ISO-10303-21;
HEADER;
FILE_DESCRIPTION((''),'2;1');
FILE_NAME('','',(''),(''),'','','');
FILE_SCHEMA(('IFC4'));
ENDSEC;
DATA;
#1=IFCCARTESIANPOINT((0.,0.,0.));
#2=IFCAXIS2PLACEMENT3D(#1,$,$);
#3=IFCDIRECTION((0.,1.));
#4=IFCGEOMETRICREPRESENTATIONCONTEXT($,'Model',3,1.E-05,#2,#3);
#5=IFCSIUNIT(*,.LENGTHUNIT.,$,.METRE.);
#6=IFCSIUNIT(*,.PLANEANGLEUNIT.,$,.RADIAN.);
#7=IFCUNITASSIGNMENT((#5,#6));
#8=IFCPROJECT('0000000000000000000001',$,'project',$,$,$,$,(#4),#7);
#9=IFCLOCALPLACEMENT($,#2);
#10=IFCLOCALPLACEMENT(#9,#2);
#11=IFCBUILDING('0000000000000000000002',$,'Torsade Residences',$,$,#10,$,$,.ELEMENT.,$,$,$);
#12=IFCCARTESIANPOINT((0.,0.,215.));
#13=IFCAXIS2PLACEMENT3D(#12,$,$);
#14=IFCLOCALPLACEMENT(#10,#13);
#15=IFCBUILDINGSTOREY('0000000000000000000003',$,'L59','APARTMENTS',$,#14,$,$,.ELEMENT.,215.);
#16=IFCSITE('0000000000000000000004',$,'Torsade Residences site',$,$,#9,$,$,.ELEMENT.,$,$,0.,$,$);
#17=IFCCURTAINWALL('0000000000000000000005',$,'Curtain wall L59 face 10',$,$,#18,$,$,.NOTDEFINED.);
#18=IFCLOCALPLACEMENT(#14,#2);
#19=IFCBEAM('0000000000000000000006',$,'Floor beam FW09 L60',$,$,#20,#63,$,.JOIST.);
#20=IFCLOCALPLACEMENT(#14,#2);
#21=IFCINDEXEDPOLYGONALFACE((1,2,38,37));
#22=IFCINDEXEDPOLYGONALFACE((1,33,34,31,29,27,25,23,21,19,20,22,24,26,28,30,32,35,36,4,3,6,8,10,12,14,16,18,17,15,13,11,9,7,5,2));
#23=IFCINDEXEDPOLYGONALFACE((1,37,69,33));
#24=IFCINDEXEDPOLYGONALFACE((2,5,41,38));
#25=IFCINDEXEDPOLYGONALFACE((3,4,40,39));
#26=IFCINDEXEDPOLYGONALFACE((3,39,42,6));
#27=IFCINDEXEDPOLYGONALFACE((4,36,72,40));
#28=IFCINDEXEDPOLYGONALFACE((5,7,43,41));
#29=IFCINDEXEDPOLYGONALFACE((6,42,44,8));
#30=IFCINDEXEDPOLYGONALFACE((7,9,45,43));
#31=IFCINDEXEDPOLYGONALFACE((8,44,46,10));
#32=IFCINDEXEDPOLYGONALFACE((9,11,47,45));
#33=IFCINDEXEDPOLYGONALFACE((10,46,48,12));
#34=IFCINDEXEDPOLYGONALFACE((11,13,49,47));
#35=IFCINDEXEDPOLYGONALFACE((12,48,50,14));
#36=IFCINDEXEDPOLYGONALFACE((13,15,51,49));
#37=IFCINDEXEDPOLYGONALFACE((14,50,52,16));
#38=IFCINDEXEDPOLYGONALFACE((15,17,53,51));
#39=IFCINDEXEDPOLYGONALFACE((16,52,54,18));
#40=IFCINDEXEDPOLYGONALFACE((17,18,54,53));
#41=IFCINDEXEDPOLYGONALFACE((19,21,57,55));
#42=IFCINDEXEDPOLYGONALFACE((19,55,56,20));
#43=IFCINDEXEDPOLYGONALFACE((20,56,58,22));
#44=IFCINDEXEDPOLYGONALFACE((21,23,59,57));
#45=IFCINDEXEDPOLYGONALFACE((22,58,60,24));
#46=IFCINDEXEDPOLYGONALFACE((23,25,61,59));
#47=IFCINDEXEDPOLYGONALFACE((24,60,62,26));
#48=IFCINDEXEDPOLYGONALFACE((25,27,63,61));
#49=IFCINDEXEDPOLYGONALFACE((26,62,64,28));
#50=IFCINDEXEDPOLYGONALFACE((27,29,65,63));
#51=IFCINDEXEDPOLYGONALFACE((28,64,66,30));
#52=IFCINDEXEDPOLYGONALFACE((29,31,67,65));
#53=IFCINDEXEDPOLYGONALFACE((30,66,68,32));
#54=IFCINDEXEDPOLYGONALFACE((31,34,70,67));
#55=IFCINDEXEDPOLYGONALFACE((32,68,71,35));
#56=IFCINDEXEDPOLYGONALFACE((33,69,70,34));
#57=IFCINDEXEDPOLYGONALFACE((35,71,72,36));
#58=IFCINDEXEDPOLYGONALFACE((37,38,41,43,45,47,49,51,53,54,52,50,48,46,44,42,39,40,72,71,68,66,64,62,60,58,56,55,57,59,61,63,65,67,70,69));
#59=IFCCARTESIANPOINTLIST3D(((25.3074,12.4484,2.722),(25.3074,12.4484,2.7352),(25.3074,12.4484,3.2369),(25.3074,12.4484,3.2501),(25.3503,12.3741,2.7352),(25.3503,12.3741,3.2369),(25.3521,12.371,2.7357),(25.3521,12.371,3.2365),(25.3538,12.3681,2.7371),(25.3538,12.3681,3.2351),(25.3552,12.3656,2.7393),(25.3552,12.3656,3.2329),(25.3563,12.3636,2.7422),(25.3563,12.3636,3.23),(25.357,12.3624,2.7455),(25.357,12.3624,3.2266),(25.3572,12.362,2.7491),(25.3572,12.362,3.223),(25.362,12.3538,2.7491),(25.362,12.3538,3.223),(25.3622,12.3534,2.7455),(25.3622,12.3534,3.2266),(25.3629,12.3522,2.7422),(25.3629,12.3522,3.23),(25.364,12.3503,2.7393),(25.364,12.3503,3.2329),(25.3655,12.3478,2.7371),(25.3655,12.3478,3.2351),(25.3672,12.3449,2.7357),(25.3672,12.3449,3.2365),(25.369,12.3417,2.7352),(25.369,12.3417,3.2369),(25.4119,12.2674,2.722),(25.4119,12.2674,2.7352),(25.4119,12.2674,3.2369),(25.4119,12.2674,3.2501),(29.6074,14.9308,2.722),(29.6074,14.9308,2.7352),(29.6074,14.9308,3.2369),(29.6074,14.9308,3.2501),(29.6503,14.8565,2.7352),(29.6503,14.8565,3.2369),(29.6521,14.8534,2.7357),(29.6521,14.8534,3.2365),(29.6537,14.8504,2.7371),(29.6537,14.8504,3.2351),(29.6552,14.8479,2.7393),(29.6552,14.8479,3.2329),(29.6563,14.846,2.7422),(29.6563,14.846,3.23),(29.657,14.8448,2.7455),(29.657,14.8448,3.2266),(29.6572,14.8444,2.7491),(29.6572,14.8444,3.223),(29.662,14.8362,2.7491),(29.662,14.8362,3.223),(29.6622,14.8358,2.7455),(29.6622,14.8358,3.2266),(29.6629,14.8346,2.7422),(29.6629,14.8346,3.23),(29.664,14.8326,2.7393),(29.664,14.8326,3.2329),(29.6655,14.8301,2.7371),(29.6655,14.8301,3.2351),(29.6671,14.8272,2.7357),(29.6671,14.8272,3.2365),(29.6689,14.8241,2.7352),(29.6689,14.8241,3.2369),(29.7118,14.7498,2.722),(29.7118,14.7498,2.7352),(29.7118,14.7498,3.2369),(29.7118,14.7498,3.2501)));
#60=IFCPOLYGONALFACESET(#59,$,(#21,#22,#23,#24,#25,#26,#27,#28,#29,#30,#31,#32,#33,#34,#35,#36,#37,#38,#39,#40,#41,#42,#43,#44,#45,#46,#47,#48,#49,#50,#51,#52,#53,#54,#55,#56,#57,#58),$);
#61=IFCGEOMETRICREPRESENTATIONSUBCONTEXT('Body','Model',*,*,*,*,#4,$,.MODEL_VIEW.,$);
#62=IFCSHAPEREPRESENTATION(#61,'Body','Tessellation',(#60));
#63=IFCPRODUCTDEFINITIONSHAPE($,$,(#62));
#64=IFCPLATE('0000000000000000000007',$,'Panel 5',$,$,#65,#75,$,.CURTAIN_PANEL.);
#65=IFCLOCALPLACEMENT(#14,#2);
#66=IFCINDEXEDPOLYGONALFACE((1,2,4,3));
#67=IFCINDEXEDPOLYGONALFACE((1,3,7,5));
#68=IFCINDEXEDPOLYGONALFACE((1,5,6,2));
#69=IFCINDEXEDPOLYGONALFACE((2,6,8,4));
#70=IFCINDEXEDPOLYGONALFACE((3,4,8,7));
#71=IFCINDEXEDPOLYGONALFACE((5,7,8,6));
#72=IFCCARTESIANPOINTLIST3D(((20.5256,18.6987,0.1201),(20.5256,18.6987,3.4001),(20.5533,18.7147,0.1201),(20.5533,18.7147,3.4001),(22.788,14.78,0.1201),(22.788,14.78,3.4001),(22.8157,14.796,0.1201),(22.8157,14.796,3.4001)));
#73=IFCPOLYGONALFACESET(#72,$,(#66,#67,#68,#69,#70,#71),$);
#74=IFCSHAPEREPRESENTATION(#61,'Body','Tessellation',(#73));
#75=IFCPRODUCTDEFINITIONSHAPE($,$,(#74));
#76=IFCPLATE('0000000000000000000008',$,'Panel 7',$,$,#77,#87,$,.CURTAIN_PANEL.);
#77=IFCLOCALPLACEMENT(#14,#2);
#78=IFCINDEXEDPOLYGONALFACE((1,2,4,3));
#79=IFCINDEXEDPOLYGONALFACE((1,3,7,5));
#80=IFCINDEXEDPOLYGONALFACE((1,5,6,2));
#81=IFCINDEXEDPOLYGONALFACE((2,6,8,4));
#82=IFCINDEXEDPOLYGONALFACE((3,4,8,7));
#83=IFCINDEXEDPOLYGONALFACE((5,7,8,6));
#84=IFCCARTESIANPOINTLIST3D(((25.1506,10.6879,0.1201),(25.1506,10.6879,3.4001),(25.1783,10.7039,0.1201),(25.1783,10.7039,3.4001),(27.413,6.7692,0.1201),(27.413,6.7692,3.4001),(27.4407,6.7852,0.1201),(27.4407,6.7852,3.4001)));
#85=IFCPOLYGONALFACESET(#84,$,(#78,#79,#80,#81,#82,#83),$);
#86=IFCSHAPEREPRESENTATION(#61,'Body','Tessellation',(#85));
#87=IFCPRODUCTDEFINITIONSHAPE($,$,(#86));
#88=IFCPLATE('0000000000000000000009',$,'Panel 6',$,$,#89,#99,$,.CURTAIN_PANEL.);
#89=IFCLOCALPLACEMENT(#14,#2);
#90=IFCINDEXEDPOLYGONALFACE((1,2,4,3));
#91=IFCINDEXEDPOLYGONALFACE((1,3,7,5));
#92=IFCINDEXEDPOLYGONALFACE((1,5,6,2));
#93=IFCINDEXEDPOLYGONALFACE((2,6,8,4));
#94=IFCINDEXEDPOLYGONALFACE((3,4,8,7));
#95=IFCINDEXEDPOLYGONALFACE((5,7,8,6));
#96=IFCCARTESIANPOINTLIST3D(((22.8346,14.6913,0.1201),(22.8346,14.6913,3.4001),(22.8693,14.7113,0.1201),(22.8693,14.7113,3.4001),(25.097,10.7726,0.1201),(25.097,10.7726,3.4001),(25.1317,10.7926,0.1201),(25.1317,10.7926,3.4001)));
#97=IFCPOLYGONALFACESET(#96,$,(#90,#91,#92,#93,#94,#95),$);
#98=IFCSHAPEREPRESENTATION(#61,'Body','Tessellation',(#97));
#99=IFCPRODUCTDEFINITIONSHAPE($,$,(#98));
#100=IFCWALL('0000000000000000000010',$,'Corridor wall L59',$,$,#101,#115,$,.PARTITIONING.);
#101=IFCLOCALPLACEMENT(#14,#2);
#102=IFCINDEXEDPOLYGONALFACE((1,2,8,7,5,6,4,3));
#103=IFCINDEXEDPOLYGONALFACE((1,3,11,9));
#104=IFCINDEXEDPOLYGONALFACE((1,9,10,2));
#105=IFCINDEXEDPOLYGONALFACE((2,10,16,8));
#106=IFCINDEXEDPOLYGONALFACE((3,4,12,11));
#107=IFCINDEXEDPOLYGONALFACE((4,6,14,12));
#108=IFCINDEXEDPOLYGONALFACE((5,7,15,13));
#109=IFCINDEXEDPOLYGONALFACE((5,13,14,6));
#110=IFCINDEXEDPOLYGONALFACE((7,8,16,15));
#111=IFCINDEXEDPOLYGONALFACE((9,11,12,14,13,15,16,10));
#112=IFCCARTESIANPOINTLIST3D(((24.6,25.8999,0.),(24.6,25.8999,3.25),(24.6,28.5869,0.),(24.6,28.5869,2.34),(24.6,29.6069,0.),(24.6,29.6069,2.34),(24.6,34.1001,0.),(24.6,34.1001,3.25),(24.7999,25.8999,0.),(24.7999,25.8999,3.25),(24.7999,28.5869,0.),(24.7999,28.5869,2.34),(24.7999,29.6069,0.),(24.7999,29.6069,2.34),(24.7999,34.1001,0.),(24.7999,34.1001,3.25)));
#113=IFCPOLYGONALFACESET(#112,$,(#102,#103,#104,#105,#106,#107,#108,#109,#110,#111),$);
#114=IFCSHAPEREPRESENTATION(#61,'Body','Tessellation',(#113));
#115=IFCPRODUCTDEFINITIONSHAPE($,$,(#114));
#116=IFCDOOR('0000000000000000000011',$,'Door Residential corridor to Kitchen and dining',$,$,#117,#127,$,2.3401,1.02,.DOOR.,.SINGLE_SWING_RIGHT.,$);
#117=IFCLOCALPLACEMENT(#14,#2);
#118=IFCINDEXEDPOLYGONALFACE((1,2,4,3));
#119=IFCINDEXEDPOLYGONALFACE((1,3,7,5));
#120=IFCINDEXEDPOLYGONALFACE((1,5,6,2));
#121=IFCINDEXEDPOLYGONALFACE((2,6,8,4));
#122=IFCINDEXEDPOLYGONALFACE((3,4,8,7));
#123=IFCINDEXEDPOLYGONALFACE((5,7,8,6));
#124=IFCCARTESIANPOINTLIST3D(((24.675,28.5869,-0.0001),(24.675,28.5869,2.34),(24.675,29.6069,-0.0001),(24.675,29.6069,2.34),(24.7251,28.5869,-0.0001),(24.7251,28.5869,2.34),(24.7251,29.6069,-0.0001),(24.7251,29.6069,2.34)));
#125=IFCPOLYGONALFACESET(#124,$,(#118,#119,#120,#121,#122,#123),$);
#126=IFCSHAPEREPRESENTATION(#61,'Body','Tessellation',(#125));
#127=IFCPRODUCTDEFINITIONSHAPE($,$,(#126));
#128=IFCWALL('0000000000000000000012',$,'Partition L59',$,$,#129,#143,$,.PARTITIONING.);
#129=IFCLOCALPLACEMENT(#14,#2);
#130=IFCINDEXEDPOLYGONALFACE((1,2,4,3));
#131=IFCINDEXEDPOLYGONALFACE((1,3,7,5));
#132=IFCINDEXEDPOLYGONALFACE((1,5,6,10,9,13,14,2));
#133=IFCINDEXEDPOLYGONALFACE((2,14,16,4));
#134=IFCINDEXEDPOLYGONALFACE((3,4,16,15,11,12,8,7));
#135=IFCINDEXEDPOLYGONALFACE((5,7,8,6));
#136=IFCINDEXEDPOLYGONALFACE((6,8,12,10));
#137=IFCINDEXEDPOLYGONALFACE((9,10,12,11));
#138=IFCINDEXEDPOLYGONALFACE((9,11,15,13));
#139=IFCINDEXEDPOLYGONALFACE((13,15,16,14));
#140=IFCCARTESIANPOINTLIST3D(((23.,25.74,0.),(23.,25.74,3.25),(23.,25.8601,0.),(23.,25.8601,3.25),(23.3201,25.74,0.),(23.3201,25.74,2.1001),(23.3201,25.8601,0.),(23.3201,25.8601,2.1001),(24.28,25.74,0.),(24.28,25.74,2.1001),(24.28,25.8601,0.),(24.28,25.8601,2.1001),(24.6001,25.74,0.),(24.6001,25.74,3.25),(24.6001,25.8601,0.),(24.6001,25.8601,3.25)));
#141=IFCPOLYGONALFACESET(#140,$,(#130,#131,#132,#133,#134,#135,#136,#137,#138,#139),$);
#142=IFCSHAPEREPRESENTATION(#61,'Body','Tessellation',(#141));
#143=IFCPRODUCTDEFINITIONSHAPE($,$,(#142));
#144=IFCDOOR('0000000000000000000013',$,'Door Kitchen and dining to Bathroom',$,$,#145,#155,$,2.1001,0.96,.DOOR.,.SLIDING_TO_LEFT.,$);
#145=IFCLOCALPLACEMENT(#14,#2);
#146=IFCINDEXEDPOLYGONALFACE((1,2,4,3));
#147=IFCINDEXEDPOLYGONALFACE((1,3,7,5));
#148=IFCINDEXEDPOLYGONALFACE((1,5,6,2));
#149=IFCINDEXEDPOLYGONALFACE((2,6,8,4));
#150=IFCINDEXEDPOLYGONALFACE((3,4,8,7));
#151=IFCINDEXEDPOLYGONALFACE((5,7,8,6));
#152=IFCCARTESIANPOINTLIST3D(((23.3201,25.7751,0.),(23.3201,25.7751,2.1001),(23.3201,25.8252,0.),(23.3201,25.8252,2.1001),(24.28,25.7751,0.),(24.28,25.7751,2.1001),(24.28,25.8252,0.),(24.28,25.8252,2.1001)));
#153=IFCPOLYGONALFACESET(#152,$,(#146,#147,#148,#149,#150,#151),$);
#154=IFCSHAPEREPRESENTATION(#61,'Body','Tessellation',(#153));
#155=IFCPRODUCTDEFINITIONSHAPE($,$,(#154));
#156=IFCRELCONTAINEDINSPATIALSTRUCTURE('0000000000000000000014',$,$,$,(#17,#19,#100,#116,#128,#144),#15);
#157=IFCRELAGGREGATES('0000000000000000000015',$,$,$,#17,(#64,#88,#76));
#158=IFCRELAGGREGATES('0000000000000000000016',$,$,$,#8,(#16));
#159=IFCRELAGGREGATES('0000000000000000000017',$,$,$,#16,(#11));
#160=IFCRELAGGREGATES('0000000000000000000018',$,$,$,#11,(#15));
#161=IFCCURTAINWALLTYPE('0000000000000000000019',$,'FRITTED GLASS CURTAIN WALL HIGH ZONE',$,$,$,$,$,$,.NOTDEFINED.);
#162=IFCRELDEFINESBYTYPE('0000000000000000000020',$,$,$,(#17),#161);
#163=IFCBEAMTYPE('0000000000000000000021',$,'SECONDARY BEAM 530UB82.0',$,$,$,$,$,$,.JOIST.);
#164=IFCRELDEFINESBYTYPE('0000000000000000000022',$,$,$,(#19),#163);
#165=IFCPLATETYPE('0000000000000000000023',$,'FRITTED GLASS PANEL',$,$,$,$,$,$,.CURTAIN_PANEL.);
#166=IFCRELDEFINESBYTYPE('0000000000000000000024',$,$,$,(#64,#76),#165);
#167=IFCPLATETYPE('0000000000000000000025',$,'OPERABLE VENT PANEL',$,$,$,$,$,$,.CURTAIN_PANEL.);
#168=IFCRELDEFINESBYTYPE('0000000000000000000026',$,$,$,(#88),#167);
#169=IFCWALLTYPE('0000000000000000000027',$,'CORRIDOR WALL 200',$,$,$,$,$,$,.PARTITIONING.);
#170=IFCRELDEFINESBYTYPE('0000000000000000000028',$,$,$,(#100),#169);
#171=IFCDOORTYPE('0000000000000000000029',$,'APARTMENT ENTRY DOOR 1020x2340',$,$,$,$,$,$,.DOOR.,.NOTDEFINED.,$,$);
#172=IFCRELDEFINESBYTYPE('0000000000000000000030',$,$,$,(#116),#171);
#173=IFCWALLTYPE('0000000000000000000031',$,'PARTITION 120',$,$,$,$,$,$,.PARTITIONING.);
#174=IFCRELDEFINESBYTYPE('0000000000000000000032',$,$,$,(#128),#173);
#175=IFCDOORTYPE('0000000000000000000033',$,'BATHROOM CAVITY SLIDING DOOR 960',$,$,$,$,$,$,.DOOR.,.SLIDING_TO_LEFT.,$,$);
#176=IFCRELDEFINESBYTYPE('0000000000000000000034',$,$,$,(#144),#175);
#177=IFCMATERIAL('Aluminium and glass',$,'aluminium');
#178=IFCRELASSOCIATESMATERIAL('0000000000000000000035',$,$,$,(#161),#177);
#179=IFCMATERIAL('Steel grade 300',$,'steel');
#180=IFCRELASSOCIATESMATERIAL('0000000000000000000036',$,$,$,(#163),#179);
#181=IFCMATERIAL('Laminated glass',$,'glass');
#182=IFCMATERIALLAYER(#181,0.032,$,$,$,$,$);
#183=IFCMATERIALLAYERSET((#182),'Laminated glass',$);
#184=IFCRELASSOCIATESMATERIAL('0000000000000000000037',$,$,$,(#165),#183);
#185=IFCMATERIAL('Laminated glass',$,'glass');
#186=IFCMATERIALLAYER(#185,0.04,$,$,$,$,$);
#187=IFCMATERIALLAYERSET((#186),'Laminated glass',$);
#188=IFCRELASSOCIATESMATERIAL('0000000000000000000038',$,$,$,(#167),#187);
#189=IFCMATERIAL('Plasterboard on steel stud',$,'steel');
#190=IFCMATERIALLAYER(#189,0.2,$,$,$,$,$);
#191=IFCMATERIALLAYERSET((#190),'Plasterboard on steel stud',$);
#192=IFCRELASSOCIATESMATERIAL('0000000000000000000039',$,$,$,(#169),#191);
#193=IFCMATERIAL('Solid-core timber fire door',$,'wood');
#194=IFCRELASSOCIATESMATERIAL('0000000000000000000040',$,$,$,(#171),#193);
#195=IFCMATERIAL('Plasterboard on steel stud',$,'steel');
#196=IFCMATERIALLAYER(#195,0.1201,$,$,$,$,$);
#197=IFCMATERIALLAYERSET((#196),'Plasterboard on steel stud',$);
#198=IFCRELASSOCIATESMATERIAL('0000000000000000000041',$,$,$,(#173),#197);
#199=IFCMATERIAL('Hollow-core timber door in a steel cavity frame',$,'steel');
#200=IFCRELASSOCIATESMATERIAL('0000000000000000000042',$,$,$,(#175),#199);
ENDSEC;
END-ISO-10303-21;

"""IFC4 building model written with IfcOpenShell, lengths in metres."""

from ifc_helpers import new_model, si_unit, direction, frame, frame_2d, origin, origin_2d, place, context, subcontext, project, spatial, rectangle, i_section, extrude, material, layer, layer_set, material_profile, profile_set, type_object, element, fill, aggregate, save


model = new_model("IFC4")

# Units and contexts
model_context = context("Model", 3, precision=1e-05, world=origin(), true_north=direction((0.0, 1.0)))
body_context = subcontext(model_context, "Body", "Model", "MODEL_VIEW")
ifc_project = project(units=[si_unit("LENGTHUNIT", "METRE"), si_unit("PLANEANGLEUNIT", "RADIAN")], contexts=[model_context])

# Site, building, storey
site_placement = place(None, origin())
site = spatial("IfcSite", under=ifc_project, at=site_placement, Name="Torsade Residences site", CompositionType="ELEMENT", RefElevation=0.0)
building_placement = place(site_placement, origin())
building = spatial("IfcBuilding", under=site, at=building_placement, Name="Torsade Residences", CompositionType="ELEMENT")
storey_placement = place(building_placement, frame((0.0, 0.0, 215.0)))
storey = spatial("IfcBuildingStorey", under=building, at=storey_placement, Name="L59", Description="APARTMENTS", CompositionType="ELEMENT", Elevation=215.0)

# Curtain wall
ifc_material_1 = material(Name="Aluminium and glass", Category="aluminium")
curtain_wall_type = type_object("IfcCurtainWallType", Name="FRITTED GLASS CURTAIN WALL HIGH ZONE", PredefinedType="NOTDEFINED", material=ifc_material_1)
curtain_wall_placement = place(storey_placement, origin())
curtain_wall = element("IfcCurtainWall", 1, at=curtain_wall_placement, inside=storey, type_object=curtain_wall_type, Name="Curtain wall L59 face 10", PredefinedType="NOTDEFINED")

# Beam
ifc_material_2 = material(Name="Steel grade 300", Category="steel")
ifc_material_profile_1 = material_profile(ifc_material_2, i_section(OverallWidth=0.209, OverallDepth=0.5281, WebThickness=0.0095, FlangeThickness=0.0132, FilletRadius=0.0139, at=origin_2d()), Name="530UB82.0")
ifc_profile_set_1 = profile_set([ifc_material_profile_1], Name="Steel grade 300")
beam_type_1 = type_object("IfcBeamType", Name="SECONDARY BEAM 530UB82.0", PredefinedType="JOIST", material=ifc_profile_set_1)
beam_1_placement = place(storey_placement, frame((25.3596, 12.3579, 2.9861), z_axis=(0.866044, 0.499968, 0.0), x_axis=(-0.499968, 0.866044, 0.0)))
element("IfcBeam", 2, at=beam_1_placement, inside=storey, type_object=beam_type_1, Name="Floor beam FW09 L60", PredefinedType="JOIST", context=body_context, shape_type="SweptSolid", body=[
    extrude(i_section(OverallWidth=0.209, OverallDepth=0.5281, WebThickness=0.0095, FlangeThickness=0.0132, FilletRadius=0.0139, at=origin_2d()), origin(), (0.0, 0.0, 1.0), 4.9651),
])

# Plates
ifc_material_3 = material(Name="Laminated glass", Category="glass")
ifc_layer_1 = layer(ifc_material_3, 0.032)
ifc_layer_set_1 = layer_set([ifc_layer_1], Name="Laminated glass")
plate_type_1 = type_object("IfcPlateType", Name="FRITTED GLASS PANEL", PredefinedType="CURTAIN_PANEL", material=ifc_layer_set_1)
plate_1_placement = place(storey_placement, frame((21.6707, 16.7473, 0.1201), z_axis=(0.0, 0.0, 1.0), x_axis=(0.5, -0.866025, 0.0)))
plate_1 = element("IfcPlate", 3, at=plate_1_placement, type_object=plate_type_1, Name="Panel 5", PredefinedType="CURTAIN_PANEL", context=body_context, shape_type="SweptSolid", body=[
    extrude(rectangle(XDim=4.5249, YDim=0.032, at=origin_2d()), origin(), (0.0, 0.0, 1.0), 3.28),
])
plate_2_placement = place(storey_placement, frame((26.2957, 8.7366, 0.1201), z_axis=(0.0, 0.0, 1.0), x_axis=(0.5, -0.866025, 0.0)))
plate_2 = element("IfcPlate", 4, at=plate_2_placement, type_object=plate_type_1, Name="Panel 7", PredefinedType="CURTAIN_PANEL", context=body_context, shape_type="SweptSolid", body=[
    extrude(rectangle(XDim=4.5249, YDim=0.032, at=origin_2d()), origin(), (0.0, 0.0, 1.0), 3.28),
])
ifc_material_4 = material(Name="Laminated glass", Category="glass")
ifc_layer_2 = layer(ifc_material_4, 0.04)
ifc_layer_set_2 = layer_set([ifc_layer_2], Name="Laminated glass")
plate_type_2 = type_object("IfcPlateType", Name="OPERABLE VENT PANEL", PredefinedType="CURTAIN_PANEL", material=ifc_layer_set_2)
plate_3_placement = place(storey_placement, frame((23.9832, 12.7419, 0.1201), z_axis=(0.0, 0.0, 1.0), x_axis=(0.5, -0.866025, 0.0)))
plate_3 = element("IfcPlate", 5, at=plate_3_placement, type_object=plate_type_2, Name="Panel 6", PredefinedType="CURTAIN_PANEL", context=body_context, shape_type="SweptSolid", body=[
    extrude(rectangle(XDim=4.5249, YDim=0.04, at=origin_2d()), origin(), (0.0, 0.0, 1.0), 3.28),
])
aggregate(curtain_wall, [plate_1, plate_3, plate_2])

# Walls, openings, doors
ifc_material_5 = material(Name="Plasterboard on steel stud", Category="steel")
ifc_layer_3 = layer(ifc_material_5, 0.2)
ifc_layer_set_3 = layer_set([ifc_layer_3], Name="Plasterboard on steel stud")
wall_type_1 = type_object("IfcWallType", Name="CORRIDOR WALL 200", PredefinedType="PARTITIONING", material=ifc_layer_set_3)
wall_1_placement = place(storey_placement, frame((24.7, 25.8999, 0.0), z_axis=(0.0, 0.0, 1.0), x_axis=(0.0, 1.0, 0.0)))
wall_1 = element("IfcWall", 6, at=wall_1_placement, inside=storey, type_object=wall_type_1, Name="Corridor wall L59", PredefinedType="PARTITIONING", context=body_context, shape_type="SweptSolid", body=[
    extrude(rectangle(XDim=8.2002, YDim=0.2, at=frame_2d((4.1001, 0.0))), origin(), (0.0, 0.0, 1.0), 3.25),
])
opening_1_placement = place(wall_1_placement, frame((2.687, 0.0, 0.0)))
opening_1 = element("IfcOpeningElement", 7, at=opening_1_placement, cuts=wall_1, PredefinedType="OPENING", context=body_context, shape_type="SweptSolid", body=[
    extrude(rectangle(XDim=1.02, YDim=2.3401, at=frame_2d((0.51, 1.1699))), frame((0.0, 0.1099, 0.0), z_axis=(0.0, -1.0, 0.0), x_axis=(1.0, 0.0, 0.0)), (0.0, 0.0, 1.0), 0.22),
])
ifc_material_6 = material(Name="Solid-core timber fire door", Category="wood")
door_type_1 = type_object("IfcDoorType", Name="APARTMENT ENTRY DOOR 1020x2340", OperationType="NOTDEFINED", PredefinedType="DOOR", material=ifc_material_6)
door_1_placement = place(opening_1_placement, origin())
door_1 = element("IfcDoor", 8, at=door_1_placement, inside=storey, type_object=door_type_1, Name="Door Residential corridor to Kitchen and dining", OperationType="SINGLE_SWING_RIGHT", OverallHeight=2.3401, OverallWidth=1.02, PredefinedType="DOOR", context=body_context, shape_type="SweptSolid", body=[
    extrude(rectangle(XDim=1.02, YDim=2.3401, at=frame_2d((0.51, 1.1699))), frame((0.0, 0.0249, 0.0), z_axis=(0.0, -1.0, 0.0), x_axis=(1.0, 0.0, 0.0)), (0.0, 0.0, 1.0), 0.05),
])
fill(opening_1, door_1)
ifc_material_7 = material(Name="Plasterboard on steel stud", Category="steel")
ifc_layer_4 = layer(ifc_material_7, 0.1201)
ifc_layer_set_4 = layer_set([ifc_layer_4], Name="Plasterboard on steel stud")
wall_type_2 = type_object("IfcWallType", Name="PARTITION 120", PredefinedType="PARTITIONING", material=ifc_layer_set_4)
wall_2_placement = place(storey_placement, frame((24.6001, 25.8, 0.0), z_axis=(0.0, 0.0, 1.0), x_axis=(-1.0, 0.0, 0.0)))
wall_2 = element("IfcWall", 9, at=wall_2_placement, inside=storey, type_object=wall_type_2, Name="Partition L59", PredefinedType="PARTITIONING", context=body_context, shape_type="SweptSolid", body=[
    extrude(rectangle(XDim=1.6001, YDim=0.1201, at=frame_2d((0.8, 0.0))), origin(), (0.0, 0.0, 1.0), 3.25),
])
opening_2_placement = place(wall_2_placement, frame((0.3201, 0.0, 0.0)))
opening_2 = element("IfcOpeningElement", 10, at=opening_2_placement, cuts=wall_2, PredefinedType="OPENING", context=body_context, shape_type="SweptSolid", body=[
    extrude(rectangle(XDim=0.96, YDim=2.1001, at=frame_2d((0.48, 1.05))), frame((0.0, 0.0701, 0.0), z_axis=(0.0, -1.0, 0.0), x_axis=(1.0, 0.0, 0.0)), (0.0, 0.0, 1.0), 0.1401),
])
ifc_material_8 = material(Name="Hollow-core timber door in a steel cavity frame", Category="steel")
door_type_2 = type_object("IfcDoorType", Name="BATHROOM CAVITY SLIDING DOOR 960", OperationType="SLIDING_TO_LEFT", PredefinedType="DOOR", material=ifc_material_8)
door_2_placement = place(opening_2_placement, origin())
door_2 = element("IfcDoor", 11, at=door_2_placement, inside=storey, type_object=door_type_2, Name="Door Kitchen and dining to Bathroom", OperationType="SLIDING_TO_LEFT", OverallHeight=2.1001, OverallWidth=0.96, PredefinedType="DOOR", context=body_context, shape_type="SweptSolid", body=[
    extrude(rectangle(XDim=0.96, YDim=2.1001, at=frame_2d((0.48, 1.05))), frame((0.0, 0.0249, 0.0), z_axis=(0.0, -1.0, 0.0), x_axis=(1.0, 0.0, 0.0)), (0.0, 0.0, 1.0), 0.05),
])
fill(opening_2, door_2)

save(model, "model.ifc")
